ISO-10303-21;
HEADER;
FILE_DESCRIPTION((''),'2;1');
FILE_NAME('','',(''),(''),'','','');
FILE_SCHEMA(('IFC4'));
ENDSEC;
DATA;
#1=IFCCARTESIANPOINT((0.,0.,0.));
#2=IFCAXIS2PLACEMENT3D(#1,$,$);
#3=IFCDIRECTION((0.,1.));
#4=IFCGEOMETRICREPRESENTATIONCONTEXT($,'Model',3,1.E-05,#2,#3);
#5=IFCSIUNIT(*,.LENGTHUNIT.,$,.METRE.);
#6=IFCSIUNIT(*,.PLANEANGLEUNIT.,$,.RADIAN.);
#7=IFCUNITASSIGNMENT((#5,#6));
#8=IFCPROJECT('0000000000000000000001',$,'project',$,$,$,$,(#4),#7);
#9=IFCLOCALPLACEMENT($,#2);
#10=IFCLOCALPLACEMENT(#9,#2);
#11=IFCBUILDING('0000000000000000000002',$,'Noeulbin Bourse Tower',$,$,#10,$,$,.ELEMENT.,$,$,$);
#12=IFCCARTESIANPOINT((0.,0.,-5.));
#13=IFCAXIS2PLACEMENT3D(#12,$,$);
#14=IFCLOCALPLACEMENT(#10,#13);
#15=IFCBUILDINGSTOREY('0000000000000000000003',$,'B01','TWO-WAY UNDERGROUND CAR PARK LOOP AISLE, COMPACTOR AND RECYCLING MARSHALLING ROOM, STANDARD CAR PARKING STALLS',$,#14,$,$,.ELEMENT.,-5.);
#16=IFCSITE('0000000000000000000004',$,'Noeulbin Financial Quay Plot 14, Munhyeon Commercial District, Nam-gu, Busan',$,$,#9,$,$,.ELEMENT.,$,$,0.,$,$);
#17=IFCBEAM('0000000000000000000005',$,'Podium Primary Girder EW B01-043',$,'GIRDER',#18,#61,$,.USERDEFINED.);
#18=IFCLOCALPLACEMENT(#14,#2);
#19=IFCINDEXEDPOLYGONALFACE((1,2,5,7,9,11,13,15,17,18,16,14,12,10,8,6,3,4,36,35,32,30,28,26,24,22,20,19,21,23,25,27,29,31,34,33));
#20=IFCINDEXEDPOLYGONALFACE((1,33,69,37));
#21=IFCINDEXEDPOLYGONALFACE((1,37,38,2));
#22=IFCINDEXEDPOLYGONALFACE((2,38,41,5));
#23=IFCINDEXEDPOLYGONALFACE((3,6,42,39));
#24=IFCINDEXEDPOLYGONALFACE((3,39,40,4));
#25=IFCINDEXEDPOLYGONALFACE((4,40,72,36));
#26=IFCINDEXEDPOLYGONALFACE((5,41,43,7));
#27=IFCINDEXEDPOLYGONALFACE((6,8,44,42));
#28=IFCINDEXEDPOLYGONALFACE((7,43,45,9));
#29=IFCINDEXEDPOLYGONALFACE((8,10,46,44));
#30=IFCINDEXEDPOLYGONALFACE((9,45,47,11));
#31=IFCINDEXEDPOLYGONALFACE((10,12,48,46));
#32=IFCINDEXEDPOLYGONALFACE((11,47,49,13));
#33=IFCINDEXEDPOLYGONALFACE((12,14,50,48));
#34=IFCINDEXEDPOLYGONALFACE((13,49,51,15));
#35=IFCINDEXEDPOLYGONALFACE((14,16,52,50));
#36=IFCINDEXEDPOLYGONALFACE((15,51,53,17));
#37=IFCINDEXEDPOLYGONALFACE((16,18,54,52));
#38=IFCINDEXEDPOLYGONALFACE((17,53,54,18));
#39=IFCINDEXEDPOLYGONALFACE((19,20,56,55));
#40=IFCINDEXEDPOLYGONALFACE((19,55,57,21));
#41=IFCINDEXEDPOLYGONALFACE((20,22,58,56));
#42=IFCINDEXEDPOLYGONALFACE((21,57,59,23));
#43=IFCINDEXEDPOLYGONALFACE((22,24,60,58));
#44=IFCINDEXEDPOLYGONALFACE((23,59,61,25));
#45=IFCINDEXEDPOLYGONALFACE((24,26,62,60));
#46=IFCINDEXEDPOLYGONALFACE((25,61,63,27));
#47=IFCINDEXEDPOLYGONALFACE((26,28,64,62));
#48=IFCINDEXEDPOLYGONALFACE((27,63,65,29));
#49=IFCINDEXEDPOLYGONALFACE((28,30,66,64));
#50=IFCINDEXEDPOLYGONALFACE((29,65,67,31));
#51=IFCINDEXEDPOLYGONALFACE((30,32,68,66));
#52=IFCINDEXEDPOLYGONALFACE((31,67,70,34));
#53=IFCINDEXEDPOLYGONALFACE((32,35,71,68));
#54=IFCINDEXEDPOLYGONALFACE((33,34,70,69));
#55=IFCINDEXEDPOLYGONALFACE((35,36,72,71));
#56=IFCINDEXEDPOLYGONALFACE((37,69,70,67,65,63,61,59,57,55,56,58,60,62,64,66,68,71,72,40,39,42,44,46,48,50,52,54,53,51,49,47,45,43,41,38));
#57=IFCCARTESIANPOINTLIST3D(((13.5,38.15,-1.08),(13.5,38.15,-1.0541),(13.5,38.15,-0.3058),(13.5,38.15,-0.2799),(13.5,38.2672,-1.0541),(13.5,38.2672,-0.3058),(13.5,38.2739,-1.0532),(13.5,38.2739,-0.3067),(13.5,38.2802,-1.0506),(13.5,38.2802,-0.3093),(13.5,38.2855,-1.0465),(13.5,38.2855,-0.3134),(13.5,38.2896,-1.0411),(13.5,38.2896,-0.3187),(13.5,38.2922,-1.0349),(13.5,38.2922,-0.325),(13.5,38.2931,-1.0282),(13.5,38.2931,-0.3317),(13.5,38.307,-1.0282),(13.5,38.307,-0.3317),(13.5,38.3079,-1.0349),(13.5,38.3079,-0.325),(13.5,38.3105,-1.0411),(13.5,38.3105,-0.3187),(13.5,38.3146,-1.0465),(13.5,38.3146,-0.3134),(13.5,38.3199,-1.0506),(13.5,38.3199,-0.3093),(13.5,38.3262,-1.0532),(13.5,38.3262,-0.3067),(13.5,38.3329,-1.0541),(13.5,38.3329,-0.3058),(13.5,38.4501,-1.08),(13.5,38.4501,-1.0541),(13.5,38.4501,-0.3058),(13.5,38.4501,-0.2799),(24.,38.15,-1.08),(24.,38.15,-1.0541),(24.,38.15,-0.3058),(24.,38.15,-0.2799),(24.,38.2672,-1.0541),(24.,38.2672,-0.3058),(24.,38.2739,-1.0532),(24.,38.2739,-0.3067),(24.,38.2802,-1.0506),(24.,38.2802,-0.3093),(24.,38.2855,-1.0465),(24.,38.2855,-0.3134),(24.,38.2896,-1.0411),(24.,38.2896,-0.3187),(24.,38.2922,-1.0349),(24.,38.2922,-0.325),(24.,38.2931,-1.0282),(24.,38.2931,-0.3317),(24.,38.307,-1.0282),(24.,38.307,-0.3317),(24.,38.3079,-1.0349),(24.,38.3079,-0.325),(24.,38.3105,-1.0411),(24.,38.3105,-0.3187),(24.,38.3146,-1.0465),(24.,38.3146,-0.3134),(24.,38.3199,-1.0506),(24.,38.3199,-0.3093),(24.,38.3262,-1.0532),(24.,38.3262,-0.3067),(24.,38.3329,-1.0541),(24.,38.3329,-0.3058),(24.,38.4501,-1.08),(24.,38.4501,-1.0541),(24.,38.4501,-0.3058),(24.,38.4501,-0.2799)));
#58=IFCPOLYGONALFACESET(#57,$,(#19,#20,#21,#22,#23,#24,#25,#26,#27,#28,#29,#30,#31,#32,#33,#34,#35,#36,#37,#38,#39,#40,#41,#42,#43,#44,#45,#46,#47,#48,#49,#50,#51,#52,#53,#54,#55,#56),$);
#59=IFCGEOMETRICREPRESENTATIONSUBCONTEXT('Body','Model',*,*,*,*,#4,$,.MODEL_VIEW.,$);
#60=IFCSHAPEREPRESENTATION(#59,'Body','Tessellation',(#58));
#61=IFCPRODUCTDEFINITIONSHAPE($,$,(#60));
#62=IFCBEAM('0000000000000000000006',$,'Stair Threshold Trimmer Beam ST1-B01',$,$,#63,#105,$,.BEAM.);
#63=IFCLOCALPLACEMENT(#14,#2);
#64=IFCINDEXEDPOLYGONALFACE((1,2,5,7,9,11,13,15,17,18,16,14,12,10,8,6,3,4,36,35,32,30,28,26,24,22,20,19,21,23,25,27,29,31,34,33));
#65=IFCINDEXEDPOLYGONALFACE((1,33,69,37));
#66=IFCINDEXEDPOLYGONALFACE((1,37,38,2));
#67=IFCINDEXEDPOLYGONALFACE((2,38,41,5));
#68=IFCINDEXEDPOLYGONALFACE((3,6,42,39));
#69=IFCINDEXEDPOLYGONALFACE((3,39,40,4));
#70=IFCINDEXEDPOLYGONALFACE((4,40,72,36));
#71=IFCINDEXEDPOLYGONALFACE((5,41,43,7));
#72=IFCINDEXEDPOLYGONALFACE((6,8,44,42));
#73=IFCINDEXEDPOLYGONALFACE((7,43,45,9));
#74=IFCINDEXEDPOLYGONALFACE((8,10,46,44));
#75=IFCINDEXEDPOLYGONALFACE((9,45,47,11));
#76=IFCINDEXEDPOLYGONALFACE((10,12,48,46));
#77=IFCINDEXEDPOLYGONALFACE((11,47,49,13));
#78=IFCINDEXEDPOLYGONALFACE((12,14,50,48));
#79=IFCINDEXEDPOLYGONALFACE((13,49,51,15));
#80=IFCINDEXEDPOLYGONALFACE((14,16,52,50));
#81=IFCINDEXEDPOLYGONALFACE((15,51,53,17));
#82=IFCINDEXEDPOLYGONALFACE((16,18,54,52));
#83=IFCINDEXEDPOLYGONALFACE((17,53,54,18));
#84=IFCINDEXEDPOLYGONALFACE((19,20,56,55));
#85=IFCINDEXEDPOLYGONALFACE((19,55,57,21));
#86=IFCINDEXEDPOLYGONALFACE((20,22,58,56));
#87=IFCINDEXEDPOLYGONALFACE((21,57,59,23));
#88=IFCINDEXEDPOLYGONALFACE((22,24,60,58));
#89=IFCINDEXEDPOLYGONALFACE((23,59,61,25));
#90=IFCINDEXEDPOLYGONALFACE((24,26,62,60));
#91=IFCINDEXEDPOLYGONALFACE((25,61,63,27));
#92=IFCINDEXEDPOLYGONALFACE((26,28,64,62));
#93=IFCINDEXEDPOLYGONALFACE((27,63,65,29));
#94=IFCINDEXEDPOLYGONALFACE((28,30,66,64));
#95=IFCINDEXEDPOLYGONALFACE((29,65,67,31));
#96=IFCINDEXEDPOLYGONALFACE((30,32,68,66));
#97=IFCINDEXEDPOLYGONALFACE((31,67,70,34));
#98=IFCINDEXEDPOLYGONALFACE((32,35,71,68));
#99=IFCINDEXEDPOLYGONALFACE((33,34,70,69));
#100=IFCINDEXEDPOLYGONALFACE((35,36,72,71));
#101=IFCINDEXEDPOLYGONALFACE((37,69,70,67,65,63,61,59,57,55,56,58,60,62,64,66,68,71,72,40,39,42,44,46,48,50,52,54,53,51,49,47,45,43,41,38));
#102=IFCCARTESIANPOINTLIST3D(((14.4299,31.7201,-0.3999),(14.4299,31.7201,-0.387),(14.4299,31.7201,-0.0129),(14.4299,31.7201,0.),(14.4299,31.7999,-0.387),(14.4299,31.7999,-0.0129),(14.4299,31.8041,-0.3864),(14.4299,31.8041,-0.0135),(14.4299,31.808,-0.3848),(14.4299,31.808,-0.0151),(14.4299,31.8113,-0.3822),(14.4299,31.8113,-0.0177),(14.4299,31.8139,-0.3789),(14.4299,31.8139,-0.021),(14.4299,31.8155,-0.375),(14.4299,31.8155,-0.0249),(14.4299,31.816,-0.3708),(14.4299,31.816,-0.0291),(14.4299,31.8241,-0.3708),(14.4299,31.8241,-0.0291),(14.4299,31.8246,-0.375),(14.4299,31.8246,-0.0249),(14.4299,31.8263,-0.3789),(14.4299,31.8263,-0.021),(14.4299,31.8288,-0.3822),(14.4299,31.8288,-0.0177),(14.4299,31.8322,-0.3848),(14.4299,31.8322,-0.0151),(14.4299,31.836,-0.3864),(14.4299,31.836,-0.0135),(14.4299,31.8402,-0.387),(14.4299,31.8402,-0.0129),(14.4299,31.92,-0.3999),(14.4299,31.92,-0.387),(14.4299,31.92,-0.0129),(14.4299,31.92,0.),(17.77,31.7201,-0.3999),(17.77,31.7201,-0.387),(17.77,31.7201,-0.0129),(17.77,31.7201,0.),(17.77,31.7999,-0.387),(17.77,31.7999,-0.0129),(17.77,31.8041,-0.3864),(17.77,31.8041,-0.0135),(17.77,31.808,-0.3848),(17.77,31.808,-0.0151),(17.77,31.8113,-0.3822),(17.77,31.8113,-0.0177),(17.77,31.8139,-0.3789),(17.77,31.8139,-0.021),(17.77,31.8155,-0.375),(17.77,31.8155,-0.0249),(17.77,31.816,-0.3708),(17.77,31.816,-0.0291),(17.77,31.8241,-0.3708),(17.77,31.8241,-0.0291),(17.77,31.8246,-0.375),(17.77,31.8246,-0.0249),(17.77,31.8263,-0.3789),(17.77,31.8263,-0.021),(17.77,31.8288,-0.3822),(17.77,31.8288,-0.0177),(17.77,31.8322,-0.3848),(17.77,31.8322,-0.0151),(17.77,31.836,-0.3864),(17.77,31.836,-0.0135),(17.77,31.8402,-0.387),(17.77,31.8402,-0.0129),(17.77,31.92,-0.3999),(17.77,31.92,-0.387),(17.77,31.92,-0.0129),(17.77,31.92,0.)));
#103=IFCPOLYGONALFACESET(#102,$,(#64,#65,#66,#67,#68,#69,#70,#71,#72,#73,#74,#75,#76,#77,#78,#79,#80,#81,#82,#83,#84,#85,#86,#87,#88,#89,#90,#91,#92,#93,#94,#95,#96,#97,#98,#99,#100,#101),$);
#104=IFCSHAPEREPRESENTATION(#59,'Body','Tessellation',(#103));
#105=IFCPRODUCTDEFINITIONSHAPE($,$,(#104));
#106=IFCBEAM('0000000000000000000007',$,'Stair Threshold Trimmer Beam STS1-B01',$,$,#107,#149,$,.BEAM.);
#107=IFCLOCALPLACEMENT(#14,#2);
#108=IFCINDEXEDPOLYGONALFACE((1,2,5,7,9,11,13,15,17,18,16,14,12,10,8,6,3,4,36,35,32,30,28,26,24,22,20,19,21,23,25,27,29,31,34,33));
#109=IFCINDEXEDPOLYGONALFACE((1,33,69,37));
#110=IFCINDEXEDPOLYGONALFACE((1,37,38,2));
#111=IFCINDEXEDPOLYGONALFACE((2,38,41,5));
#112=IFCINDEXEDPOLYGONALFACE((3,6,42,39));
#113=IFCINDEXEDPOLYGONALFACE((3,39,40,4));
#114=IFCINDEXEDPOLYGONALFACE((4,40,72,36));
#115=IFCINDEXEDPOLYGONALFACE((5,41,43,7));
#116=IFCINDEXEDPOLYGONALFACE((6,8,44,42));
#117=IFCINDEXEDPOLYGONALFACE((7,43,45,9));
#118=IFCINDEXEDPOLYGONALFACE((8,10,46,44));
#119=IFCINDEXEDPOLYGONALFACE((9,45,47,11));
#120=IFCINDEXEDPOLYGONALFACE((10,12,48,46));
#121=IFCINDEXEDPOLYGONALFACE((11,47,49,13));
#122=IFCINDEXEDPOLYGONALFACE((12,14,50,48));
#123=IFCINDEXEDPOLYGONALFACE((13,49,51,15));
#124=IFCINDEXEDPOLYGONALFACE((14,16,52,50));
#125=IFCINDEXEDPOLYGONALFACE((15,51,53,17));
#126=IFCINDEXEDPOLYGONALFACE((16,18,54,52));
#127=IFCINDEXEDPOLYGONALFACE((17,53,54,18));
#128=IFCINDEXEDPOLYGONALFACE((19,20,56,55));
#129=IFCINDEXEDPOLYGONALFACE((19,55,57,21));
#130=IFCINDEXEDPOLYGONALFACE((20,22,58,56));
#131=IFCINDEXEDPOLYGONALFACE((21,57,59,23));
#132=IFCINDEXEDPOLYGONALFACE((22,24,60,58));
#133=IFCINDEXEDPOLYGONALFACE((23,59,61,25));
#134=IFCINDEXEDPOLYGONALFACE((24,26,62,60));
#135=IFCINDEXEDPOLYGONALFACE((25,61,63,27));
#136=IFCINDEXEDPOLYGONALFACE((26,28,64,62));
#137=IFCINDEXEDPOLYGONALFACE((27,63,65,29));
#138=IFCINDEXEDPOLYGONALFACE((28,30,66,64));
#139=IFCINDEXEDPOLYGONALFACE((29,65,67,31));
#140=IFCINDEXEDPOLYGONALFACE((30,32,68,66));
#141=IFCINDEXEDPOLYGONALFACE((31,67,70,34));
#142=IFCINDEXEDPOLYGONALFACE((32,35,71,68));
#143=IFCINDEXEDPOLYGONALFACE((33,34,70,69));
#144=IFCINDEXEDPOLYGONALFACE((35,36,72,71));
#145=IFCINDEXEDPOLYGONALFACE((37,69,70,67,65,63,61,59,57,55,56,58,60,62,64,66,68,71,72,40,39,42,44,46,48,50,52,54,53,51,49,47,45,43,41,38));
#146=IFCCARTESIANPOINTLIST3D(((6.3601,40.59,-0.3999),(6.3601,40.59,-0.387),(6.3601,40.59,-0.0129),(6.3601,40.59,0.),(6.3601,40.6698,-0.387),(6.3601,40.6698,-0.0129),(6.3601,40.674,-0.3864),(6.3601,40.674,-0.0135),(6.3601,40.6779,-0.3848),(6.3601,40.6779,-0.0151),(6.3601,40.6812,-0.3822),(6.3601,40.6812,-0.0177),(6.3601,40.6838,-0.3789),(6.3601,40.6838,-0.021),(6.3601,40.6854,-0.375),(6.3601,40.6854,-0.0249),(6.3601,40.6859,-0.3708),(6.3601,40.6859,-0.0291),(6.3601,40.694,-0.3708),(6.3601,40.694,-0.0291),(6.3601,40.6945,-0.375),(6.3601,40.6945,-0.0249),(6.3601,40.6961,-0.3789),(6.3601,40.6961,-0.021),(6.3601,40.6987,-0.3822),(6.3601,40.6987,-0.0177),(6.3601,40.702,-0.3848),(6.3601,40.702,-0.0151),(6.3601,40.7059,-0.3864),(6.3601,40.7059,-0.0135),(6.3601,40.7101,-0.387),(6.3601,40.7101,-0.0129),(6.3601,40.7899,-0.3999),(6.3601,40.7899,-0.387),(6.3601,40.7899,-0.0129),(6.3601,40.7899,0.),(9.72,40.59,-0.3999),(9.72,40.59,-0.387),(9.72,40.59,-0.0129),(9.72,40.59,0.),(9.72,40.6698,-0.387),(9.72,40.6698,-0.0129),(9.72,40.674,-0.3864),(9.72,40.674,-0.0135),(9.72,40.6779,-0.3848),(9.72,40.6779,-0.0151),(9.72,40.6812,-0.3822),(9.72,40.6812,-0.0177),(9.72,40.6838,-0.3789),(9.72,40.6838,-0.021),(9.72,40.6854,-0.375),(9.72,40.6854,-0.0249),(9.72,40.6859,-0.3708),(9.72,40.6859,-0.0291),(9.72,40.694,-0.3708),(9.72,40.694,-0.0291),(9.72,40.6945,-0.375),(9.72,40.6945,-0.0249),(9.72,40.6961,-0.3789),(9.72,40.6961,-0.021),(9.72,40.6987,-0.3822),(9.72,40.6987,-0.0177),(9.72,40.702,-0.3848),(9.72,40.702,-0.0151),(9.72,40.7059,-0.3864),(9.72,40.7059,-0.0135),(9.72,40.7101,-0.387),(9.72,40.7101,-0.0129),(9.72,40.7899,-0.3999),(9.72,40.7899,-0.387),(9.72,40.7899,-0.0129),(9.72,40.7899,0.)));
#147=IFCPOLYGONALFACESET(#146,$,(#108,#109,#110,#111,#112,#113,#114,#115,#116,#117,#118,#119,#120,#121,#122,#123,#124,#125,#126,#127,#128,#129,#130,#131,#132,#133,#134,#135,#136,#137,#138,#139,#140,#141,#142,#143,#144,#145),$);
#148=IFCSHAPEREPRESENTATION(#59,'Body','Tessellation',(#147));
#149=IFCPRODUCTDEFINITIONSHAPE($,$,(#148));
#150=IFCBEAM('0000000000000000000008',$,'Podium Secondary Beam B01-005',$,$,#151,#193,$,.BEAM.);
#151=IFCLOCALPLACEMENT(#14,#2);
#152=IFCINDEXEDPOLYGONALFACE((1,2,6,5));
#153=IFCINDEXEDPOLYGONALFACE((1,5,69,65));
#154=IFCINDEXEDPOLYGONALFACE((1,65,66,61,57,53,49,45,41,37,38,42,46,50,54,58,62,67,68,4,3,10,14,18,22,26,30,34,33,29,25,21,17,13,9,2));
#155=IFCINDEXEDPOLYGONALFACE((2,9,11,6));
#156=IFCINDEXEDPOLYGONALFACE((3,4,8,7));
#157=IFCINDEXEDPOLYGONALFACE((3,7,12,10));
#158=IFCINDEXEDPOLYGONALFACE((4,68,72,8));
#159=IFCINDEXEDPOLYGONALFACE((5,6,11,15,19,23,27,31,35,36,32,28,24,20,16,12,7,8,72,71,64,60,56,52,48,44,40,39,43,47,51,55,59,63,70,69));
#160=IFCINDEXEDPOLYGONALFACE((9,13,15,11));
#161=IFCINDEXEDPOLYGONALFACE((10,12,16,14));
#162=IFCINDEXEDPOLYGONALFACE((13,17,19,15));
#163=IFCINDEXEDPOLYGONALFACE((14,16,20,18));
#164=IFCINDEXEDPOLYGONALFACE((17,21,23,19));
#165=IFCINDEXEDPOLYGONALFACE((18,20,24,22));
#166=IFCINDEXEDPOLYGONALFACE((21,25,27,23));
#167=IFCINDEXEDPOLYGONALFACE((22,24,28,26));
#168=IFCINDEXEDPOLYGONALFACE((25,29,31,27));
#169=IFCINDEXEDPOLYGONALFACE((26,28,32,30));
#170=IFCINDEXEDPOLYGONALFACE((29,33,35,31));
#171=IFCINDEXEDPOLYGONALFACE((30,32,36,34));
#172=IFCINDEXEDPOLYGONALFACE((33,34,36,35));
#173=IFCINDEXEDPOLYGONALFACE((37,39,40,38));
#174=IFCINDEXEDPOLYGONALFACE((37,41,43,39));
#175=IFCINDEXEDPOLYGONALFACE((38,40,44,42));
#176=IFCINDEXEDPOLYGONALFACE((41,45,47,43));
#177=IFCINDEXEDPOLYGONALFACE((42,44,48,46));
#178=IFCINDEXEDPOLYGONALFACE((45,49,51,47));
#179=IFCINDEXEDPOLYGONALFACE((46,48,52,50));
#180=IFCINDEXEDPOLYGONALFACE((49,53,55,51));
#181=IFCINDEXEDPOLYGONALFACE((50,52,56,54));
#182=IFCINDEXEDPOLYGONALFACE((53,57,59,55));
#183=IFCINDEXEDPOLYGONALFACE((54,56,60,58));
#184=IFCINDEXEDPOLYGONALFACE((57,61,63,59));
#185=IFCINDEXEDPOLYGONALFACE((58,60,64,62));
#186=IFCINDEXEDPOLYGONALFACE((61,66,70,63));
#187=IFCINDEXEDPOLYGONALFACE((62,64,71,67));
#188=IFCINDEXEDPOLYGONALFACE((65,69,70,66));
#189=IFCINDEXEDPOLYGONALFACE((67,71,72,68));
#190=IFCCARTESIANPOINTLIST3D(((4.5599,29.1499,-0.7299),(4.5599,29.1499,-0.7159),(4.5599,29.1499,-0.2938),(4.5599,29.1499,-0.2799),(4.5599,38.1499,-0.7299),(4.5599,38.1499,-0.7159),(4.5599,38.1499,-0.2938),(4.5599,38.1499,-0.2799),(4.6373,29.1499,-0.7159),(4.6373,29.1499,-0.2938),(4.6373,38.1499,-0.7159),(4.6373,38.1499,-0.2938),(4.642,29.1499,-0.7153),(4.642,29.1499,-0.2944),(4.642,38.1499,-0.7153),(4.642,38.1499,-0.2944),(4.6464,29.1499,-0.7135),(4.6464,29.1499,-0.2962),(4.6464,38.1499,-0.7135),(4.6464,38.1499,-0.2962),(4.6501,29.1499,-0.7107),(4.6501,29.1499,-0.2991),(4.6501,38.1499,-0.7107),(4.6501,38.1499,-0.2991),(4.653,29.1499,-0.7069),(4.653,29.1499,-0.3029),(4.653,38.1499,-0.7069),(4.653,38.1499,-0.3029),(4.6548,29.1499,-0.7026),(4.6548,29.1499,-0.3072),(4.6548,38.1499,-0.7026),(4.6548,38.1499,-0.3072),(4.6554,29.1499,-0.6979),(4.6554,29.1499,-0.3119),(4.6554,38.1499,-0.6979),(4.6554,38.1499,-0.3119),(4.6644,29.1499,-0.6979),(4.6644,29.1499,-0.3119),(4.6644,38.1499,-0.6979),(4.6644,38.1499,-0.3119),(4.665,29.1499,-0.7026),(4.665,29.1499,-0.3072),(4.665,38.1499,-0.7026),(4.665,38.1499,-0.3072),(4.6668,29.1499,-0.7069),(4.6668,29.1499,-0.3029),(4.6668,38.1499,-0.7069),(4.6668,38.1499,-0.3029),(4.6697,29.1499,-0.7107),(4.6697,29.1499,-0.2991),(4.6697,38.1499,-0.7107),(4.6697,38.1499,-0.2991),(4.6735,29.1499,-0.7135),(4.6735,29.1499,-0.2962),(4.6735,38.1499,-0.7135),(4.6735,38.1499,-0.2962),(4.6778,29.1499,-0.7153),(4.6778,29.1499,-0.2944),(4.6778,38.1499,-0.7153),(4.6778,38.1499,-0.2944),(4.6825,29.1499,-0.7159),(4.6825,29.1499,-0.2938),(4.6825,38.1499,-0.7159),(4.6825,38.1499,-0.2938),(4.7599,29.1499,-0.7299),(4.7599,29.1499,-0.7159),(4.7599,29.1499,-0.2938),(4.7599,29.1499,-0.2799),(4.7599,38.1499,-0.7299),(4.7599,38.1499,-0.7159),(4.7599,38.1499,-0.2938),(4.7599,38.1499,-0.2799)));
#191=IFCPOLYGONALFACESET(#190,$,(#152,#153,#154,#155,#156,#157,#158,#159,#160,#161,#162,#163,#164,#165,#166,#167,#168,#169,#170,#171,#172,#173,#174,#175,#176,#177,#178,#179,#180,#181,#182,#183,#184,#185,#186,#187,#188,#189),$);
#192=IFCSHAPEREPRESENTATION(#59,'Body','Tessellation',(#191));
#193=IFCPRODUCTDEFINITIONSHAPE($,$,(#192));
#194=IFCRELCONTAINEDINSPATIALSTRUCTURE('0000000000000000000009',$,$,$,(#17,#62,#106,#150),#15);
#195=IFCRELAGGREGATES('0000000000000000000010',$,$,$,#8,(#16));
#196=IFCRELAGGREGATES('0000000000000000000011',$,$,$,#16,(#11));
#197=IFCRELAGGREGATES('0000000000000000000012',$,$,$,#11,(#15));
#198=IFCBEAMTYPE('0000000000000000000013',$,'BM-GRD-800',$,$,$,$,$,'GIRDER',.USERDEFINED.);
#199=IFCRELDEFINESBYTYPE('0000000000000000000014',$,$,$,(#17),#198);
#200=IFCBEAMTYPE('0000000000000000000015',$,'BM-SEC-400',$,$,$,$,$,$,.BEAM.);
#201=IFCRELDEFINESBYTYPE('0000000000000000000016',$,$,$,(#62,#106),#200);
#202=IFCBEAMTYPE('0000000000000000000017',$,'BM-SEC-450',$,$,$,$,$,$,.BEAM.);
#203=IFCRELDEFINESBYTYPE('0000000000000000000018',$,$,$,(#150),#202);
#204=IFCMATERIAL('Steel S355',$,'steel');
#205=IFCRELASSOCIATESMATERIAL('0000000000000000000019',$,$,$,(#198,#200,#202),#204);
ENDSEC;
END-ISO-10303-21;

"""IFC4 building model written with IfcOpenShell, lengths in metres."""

from ifc_helpers import new_model, si_unit, direction, frame, origin, origin_2d, place, context, subcontext, project, spatial, i_section, extrude, material, material_profile, profile_set, type_object, element, save


model = new_model("IFC4")

# Units and contexts
model_context = context("Model", 3, precision=1e-05, world=origin(), true_north=direction((0.0, 1.0)))
body_context = subcontext(model_context, "Body", "Model", "MODEL_VIEW")
ifc_project = project(units=[si_unit("LENGTHUNIT", "METRE"), si_unit("PLANEANGLEUNIT", "RADIAN")], contexts=[model_context])

# Site, building, storey
site_placement = place(None, origin())
site = spatial("IfcSite", under=ifc_project, at=site_placement, Name="Noeulbin Financial Quay Plot 14, Munhyeon Commercial District, Nam-gu, Busan", CompositionType="ELEMENT", RefElevation=0.0)
building_placement = place(site_placement, origin())
building = spatial("IfcBuilding", under=site, at=building_placement, Name="Noeulbin Bourse Tower", CompositionType="ELEMENT")
storey_placement = place(building_placement, frame((0.0, 0.0, -5.0)))
storey = spatial("IfcBuildingStorey", under=building, at=storey_placement, Name="B01", Description="TWO-WAY UNDERGROUND CAR PARK LOOP AISLE, COMPACTOR AND RECYCLING MARSHALLING ROOM, STANDARD CAR PARKING STALLS", CompositionType="ELEMENT", Elevation=-5.0)

# Beams
ifc_material_1 = material(Name="Steel S355", Category="steel")
ifc_material_profile_1 = material_profile(ifc_material_1, i_section(OverallWidth=0.3, OverallDepth=0.8, WebThickness=0.0139, FlangeThickness=0.0259, FilletRadius=0.0259, at=origin_2d()), Name="H-800x300x14x26", Category="LoadBearing")
ifc_profile_set_1 = profile_set([ifc_material_profile_1], Name="Steel S355")
beam_type_1 = type_object("IfcBeamType", Name="BM-GRD-800", ElementType="GIRDER", PredefinedType="USERDEFINED", material=ifc_profile_set_1)
beam_1_placement = place(storey_placement, frame((13.5, 38.3, -0.6799), z_axis=(1.0, 0.0, 0.0), x_axis=(0.0, 1.0, 0.0)))
element("IfcBeam", 1, at=beam_1_placement, inside=storey, type_object=beam_type_1, Name="Podium Primary Girder EW B01-043", ObjectType="GIRDER", PredefinedType="USERDEFINED", context=body_context, shape_type="SweptSolid", body=[
    extrude(i_section(OverallWidth=0.3, OverallDepth=0.8, WebThickness=0.0139, FlangeThickness=0.0259, FilletRadius=0.0259, at=origin_2d()), origin(), (0.0, 0.0, 1.0), 10.5),
])
ifc_material_profile_2 = material_profile(ifc_material_1, i_section(OverallWidth=0.2, OverallDepth=0.3999, WebThickness=0.0081, FlangeThickness=0.0129, FilletRadius=0.0161, at=origin_2d()), Name="H-400x200x8x13", Category="LoadBearing")
ifc_profile_set_2 = profile_set([ifc_material_profile_2], Name="Steel S355")
beam_type_2 = type_object("IfcBeamType", Name="BM-SEC-400", PredefinedType="BEAM", material=ifc_profile_set_2)
beam_2_placement = place(storey_placement, frame((14.4299, 31.8201, -0.2), z_axis=(1.0, 0.0, 0.0), x_axis=(0.0, 1.0, 0.0)))
element("IfcBeam", 2, at=beam_2_placement, inside=storey, type_object=beam_type_2, Name="Stair Threshold Trimmer Beam ST1-B01", PredefinedType="BEAM", context=body_context, shape_type="SweptSolid", body=[
    extrude(i_section(OverallWidth=0.2, OverallDepth=0.3999, WebThickness=0.0081, FlangeThickness=0.0129, FilletRadius=0.0161, at=origin_2d()), origin(), (0.0, 0.0, 1.0), 3.3401),
])
beam_3_placement = place(storey_placement, frame((6.3601, 40.6899, -0.2), z_axis=(1.0, 0.0, 0.0), x_axis=(0.0, 1.0, 0.0)))
element("IfcBeam", 3, at=beam_3_placement, inside=storey, type_object=beam_type_2, Name="Stair Threshold Trimmer Beam STS1-B01", PredefinedType="BEAM", context=body_context, shape_type="SweptSolid", body=[
    extrude(i_section(OverallWidth=0.2, OverallDepth=0.3999, WebThickness=0.0081, FlangeThickness=0.0129, FilletRadius=0.0161, at=origin_2d()), origin(), (0.0, 0.0, 1.0), 3.3599),
])
ifc_material_profile_3 = material_profile(ifc_material_1, i_section(OverallWidth=0.2, OverallDepth=0.45, WebThickness=0.009, FlangeThickness=0.0139, FilletRadius=0.0181, at=origin_2d()), Name="H-450x200x9x14", Category="LoadBearing")
ifc_profile_set_3 = profile_set([ifc_material_profile_3], Name="Steel S355")
beam_type_3 = type_object("IfcBeamType", Name="BM-SEC-450", PredefinedType="BEAM", material=ifc_profile_set_3)
beam_4_placement = place(storey_placement, frame((4.6599, 29.1499, -0.5049), z_axis=(0.0, 1.0, 0.0), x_axis=(-1.0, 0.0, 0.0)))
element("IfcBeam", 4, at=beam_4_placement, inside=storey, type_object=beam_type_3, Name="Podium Secondary Beam B01-005", PredefinedType="BEAM", context=body_context, shape_type="SweptSolid", body=[
    extrude(i_section(OverallWidth=0.2, OverallDepth=0.45, WebThickness=0.009, FlangeThickness=0.0139, FilletRadius=0.0181, at=origin_2d()), origin(), (0.0, 0.0, 1.0), 9.0),
])

save(model, "model.ifc")
